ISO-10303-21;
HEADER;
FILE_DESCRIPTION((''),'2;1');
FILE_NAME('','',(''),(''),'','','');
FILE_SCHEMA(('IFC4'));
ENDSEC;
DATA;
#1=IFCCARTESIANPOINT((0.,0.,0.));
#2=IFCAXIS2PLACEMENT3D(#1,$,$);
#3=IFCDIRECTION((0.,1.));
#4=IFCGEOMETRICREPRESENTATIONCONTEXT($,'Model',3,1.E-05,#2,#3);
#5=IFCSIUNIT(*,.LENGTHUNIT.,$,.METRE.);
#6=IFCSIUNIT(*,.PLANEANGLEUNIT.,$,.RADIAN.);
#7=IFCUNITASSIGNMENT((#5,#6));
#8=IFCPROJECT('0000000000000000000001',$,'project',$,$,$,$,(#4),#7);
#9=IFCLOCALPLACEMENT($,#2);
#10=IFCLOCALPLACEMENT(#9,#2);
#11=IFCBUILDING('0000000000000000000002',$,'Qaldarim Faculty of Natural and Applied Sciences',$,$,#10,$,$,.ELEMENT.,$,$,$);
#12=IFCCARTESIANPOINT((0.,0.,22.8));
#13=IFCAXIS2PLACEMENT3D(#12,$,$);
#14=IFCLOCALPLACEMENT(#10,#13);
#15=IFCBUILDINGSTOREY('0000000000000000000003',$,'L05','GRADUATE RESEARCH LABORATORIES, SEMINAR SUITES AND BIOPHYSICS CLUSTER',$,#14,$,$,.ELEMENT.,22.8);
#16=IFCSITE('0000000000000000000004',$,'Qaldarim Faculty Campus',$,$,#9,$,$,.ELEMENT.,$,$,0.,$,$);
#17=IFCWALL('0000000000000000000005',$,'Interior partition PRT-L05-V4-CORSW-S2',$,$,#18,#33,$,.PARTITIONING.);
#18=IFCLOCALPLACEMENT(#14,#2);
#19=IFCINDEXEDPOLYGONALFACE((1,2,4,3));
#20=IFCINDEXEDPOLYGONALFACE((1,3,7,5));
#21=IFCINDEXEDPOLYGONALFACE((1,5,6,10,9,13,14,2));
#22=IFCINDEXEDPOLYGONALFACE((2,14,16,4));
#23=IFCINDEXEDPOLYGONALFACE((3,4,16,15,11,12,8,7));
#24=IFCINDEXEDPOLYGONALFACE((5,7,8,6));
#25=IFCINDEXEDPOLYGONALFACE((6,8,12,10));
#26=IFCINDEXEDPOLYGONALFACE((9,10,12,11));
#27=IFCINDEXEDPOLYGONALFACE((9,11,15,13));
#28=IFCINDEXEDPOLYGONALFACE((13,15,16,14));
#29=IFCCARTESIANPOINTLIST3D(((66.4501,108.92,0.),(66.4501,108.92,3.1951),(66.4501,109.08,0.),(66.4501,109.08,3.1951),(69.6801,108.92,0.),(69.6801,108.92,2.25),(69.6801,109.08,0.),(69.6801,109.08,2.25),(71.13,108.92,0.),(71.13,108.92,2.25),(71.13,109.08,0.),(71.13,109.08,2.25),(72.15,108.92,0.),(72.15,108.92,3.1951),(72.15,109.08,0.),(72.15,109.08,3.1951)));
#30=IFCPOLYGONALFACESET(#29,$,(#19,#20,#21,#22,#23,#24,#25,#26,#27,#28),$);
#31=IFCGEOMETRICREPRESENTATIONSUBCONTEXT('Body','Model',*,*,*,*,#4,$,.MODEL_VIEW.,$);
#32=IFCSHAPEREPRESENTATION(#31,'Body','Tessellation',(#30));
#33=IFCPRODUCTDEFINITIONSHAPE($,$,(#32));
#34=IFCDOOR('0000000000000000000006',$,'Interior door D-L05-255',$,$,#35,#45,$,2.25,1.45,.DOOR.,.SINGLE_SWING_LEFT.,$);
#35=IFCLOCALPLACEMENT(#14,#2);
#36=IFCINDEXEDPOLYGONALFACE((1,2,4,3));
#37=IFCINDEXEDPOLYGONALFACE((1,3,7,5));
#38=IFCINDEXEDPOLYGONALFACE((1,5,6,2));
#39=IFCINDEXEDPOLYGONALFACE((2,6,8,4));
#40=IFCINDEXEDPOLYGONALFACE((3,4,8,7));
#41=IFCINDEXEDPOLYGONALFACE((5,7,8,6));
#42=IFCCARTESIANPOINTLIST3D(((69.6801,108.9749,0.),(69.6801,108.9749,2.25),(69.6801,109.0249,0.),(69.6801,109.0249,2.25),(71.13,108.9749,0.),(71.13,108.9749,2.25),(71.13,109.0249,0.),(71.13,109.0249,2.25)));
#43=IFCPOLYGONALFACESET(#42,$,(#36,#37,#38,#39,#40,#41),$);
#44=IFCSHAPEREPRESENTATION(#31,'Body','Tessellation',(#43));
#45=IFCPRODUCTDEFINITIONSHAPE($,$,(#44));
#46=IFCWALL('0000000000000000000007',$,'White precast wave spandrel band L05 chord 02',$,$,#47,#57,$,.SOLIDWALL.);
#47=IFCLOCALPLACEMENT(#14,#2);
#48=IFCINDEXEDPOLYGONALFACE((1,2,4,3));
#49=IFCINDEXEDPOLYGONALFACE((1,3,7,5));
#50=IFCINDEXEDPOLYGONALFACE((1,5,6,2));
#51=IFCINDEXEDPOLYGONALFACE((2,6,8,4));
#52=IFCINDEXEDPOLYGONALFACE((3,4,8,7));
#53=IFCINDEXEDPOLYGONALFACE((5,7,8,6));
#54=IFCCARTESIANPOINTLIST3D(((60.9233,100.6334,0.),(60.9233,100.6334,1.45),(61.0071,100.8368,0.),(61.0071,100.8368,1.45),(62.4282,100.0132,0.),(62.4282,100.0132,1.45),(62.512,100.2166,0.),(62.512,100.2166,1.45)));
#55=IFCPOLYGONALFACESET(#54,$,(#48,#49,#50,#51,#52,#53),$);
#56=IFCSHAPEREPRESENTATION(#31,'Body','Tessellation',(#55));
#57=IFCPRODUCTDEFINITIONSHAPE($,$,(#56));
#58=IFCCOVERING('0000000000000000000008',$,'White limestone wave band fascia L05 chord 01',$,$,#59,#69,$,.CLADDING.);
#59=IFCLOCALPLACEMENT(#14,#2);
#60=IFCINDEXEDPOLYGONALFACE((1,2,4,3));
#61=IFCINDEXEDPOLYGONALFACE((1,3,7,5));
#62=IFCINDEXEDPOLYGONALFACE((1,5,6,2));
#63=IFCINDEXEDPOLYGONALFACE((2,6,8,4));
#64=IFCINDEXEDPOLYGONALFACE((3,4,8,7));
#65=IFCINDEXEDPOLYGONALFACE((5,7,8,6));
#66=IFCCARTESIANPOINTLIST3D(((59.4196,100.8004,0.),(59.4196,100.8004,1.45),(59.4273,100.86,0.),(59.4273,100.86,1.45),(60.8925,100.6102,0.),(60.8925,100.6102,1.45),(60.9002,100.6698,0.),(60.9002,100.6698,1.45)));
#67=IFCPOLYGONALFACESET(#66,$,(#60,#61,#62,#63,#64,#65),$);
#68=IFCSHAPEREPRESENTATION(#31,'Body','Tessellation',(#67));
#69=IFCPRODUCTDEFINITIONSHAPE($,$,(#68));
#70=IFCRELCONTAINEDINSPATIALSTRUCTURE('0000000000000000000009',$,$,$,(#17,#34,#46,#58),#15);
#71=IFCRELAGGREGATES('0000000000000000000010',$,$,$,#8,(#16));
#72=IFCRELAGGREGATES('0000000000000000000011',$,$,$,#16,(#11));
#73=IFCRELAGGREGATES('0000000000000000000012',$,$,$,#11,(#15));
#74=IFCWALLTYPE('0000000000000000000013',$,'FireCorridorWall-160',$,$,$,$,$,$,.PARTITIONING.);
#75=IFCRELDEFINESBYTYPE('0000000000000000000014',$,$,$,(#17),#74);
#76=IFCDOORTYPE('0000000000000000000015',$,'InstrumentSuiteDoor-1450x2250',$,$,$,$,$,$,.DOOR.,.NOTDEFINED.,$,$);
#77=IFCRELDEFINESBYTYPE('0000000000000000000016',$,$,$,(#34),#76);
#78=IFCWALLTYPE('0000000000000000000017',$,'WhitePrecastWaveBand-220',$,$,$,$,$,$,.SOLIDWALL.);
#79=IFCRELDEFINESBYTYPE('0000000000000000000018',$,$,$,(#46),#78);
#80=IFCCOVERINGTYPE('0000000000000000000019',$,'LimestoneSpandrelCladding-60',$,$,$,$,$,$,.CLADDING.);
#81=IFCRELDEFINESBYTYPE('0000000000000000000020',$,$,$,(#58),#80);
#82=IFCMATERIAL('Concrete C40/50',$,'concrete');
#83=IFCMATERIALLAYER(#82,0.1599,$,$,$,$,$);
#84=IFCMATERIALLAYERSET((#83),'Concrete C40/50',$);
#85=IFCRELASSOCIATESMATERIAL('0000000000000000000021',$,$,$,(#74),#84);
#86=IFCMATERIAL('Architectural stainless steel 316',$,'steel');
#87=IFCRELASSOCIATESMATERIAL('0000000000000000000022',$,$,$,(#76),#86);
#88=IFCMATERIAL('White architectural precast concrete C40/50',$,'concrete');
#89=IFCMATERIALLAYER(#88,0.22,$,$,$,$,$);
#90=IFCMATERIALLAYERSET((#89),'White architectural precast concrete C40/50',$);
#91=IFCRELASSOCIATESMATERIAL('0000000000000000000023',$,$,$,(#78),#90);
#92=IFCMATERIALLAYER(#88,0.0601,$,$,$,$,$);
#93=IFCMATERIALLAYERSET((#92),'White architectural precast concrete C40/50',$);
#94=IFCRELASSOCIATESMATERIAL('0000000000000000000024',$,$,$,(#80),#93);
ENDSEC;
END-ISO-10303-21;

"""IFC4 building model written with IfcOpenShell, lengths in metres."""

from ifc_helpers import new_model, si_unit, direction, frame, frame_2d, origin, origin_2d, place, context, subcontext, project, spatial, rectangle, extrude, material, layer, layer_set, type_object, element, fill, save


model = new_model("IFC4")

# Units and contexts
model_context = context("Model", 3, precision=1e-05, world=origin(), true_north=direction((0.0, 1.0)))
body_context = subcontext(model_context, "Body", "Model", "MODEL_VIEW")
ifc_project = project(units=[si_unit("LENGTHUNIT", "METRE"), si_unit("PLANEANGLEUNIT", "RADIAN")], contexts=[model_context])

# Site, building, storey
site_placement = place(None, origin())
site = spatial("IfcSite", under=ifc_project, at=site_placement, Name="Qaldarim Faculty Campus", CompositionType="ELEMENT", RefElevation=0.0)
building_placement = place(site_placement, origin())
building = spatial("IfcBuilding", under=site, at=building_placement, Name="Qaldarim Faculty of Natural and Applied Sciences", CompositionType="ELEMENT")
storey_placement = place(building_placement, frame((0.0, 0.0, 22.8)))
storey = spatial("IfcBuildingStorey", under=building, at=storey_placement, Name="L05", Description="GRADUATE RESEARCH LABORATORIES, SEMINAR SUITES AND BIOPHYSICS CLUSTER", CompositionType="ELEMENT", Elevation=22.8)

# Shared definitions
ifc_material_1 = material(Name="Concrete C40/50", Category="concrete")

# Shared definitions
ifc_layer_1 = layer(ifc_material_1, 0.1599)
ifc_layer_set_1 = layer_set([ifc_layer_1], Name="Concrete C40/50")
wall_type_1 = type_object("IfcWallType", Name="FireCorridorWall-160", PredefinedType="PARTITIONING", material=ifc_layer_set_1)

# Wall, opening, door
wall_1_placement = place(storey_placement, frame((66.45, 109.0, 0.0), z_axis=(0.0, 0.0, 1.0), x_axis=(1.0, 0.0, 0.0)))
wall_1 = element("IfcWall", 1, at=wall_1_placement, inside=storey, type_object=wall_type_1, Name="Interior partition PRT-L05-V4-CORSW-S2", PredefinedType="PARTITIONING", context=body_context, shape_type="SweptSolid", body=[
    extrude(rectangle(XDim=5.7, YDim=0.1599, at=frame_2d((2.8501, 0.0))), origin(), (0.0, 0.0, 1.0), 3.1951),
])
opening_1_placement = place(wall_1_placement, frame((3.23, 0.0, 0.0)))
opening_1 = element("IfcOpeningElement", 2, at=opening_1_placement, cuts=wall_1, PredefinedType="OPENING", context=body_context, shape_type="SweptSolid", body=[
    extrude(rectangle(XDim=1.45, YDim=2.25, at=frame_2d((0.7251, 1.125))), frame((0.0, 0.0898, 0.0), z_axis=(0.0, -1.0, 0.0), x_axis=(1.0, 0.0, 0.0)), (0.0, 0.0, 1.0), 0.1799),
])
ifc_material_2 = material(Name="Architectural stainless steel 316", Category="steel")
door_type_1 = type_object("IfcDoorType", Name="InstrumentSuiteDoor-1450x2250", OperationType="NOTDEFINED", PredefinedType="DOOR", material=ifc_material_2)
door_1_placement = place(opening_1_placement, origin())
door_1 = element("IfcDoor", 3, at=door_1_placement, inside=storey, type_object=door_type_1, Name="Interior door D-L05-255", OperationType="SINGLE_SWING_LEFT", OverallHeight=2.25, OverallWidth=1.45, PredefinedType="DOOR", context=body_context, shape_type="SweptSolid", body=[
    extrude(rectangle(XDim=1.45, YDim=2.25, at=frame_2d((0.7251, 1.125))), frame((0.0, 0.0249, 0.0), z_axis=(0.0, -1.0, 0.0), x_axis=(1.0, 0.0, 0.0)), (0.0, 0.0, 1.0), 0.05),
])
fill(opening_1, door_1)

# Wall
ifc_material_3 = material(Name="White architectural precast concrete C40/50", Category="concrete")
ifc_layer_2 = layer(ifc_material_3, 0.22)
ifc_layer_set_2 = layer_set([ifc_layer_2], Name="White architectural precast concrete C40/50")
wall_type_2 = type_object("IfcWallType", Name="WhitePrecastWaveBand-220", PredefinedType="SOLIDWALL", material=ifc_layer_set_2)
wall_2_placement = place(storey_placement, frame((60.9651, 100.7351, 0.0), z_axis=(0.0, 0.0, 1.0), x_axis=(0.924579, -0.380991, 0.0)))
element("IfcWall", 4, at=wall_2_placement, inside=storey, type_object=wall_type_2, Name="White precast wave spandrel band L05 chord 02", PredefinedType="SOLIDWALL", context=body_context, shape_type="SweptSolid", body=[
    extrude(rectangle(XDim=1.6277, YDim=0.22, at=frame_2d((0.814, 0.0))), origin(), (0.0, 0.0, 1.0), 1.45),
])

# Covering
ifc_layer_3 = layer(ifc_material_3, 0.0601)
ifc_layer_set_3 = layer_set([ifc_layer_3], Name="White architectural precast concrete C40/50")
covering_type = type_object("IfcCoveringType", Name="LimestoneSpandrelCladding-60", PredefinedType="CLADDING", material=ifc_layer_set_3)
covering_placement = place(storey_placement, frame((60.1599, 100.7351, 0.0), z_axis=(0.0, 0.0, 1.0), x_axis=(0.991765, -0.128069, 0.0)))
element("IfcCovering", 5, at=covering_placement, inside=storey, type_object=covering_type, Name="White limestone wave band fascia L05 chord 01", PredefinedType="CLADDING", context=body_context, shape_type="SweptSolid", body=[
    extrude(rectangle(XDim=1.4851, YDim=0.0601, at=origin_2d()), origin(), (0.0, 0.0, 1.0), 1.45),
])

save(model, "model.ifc")
